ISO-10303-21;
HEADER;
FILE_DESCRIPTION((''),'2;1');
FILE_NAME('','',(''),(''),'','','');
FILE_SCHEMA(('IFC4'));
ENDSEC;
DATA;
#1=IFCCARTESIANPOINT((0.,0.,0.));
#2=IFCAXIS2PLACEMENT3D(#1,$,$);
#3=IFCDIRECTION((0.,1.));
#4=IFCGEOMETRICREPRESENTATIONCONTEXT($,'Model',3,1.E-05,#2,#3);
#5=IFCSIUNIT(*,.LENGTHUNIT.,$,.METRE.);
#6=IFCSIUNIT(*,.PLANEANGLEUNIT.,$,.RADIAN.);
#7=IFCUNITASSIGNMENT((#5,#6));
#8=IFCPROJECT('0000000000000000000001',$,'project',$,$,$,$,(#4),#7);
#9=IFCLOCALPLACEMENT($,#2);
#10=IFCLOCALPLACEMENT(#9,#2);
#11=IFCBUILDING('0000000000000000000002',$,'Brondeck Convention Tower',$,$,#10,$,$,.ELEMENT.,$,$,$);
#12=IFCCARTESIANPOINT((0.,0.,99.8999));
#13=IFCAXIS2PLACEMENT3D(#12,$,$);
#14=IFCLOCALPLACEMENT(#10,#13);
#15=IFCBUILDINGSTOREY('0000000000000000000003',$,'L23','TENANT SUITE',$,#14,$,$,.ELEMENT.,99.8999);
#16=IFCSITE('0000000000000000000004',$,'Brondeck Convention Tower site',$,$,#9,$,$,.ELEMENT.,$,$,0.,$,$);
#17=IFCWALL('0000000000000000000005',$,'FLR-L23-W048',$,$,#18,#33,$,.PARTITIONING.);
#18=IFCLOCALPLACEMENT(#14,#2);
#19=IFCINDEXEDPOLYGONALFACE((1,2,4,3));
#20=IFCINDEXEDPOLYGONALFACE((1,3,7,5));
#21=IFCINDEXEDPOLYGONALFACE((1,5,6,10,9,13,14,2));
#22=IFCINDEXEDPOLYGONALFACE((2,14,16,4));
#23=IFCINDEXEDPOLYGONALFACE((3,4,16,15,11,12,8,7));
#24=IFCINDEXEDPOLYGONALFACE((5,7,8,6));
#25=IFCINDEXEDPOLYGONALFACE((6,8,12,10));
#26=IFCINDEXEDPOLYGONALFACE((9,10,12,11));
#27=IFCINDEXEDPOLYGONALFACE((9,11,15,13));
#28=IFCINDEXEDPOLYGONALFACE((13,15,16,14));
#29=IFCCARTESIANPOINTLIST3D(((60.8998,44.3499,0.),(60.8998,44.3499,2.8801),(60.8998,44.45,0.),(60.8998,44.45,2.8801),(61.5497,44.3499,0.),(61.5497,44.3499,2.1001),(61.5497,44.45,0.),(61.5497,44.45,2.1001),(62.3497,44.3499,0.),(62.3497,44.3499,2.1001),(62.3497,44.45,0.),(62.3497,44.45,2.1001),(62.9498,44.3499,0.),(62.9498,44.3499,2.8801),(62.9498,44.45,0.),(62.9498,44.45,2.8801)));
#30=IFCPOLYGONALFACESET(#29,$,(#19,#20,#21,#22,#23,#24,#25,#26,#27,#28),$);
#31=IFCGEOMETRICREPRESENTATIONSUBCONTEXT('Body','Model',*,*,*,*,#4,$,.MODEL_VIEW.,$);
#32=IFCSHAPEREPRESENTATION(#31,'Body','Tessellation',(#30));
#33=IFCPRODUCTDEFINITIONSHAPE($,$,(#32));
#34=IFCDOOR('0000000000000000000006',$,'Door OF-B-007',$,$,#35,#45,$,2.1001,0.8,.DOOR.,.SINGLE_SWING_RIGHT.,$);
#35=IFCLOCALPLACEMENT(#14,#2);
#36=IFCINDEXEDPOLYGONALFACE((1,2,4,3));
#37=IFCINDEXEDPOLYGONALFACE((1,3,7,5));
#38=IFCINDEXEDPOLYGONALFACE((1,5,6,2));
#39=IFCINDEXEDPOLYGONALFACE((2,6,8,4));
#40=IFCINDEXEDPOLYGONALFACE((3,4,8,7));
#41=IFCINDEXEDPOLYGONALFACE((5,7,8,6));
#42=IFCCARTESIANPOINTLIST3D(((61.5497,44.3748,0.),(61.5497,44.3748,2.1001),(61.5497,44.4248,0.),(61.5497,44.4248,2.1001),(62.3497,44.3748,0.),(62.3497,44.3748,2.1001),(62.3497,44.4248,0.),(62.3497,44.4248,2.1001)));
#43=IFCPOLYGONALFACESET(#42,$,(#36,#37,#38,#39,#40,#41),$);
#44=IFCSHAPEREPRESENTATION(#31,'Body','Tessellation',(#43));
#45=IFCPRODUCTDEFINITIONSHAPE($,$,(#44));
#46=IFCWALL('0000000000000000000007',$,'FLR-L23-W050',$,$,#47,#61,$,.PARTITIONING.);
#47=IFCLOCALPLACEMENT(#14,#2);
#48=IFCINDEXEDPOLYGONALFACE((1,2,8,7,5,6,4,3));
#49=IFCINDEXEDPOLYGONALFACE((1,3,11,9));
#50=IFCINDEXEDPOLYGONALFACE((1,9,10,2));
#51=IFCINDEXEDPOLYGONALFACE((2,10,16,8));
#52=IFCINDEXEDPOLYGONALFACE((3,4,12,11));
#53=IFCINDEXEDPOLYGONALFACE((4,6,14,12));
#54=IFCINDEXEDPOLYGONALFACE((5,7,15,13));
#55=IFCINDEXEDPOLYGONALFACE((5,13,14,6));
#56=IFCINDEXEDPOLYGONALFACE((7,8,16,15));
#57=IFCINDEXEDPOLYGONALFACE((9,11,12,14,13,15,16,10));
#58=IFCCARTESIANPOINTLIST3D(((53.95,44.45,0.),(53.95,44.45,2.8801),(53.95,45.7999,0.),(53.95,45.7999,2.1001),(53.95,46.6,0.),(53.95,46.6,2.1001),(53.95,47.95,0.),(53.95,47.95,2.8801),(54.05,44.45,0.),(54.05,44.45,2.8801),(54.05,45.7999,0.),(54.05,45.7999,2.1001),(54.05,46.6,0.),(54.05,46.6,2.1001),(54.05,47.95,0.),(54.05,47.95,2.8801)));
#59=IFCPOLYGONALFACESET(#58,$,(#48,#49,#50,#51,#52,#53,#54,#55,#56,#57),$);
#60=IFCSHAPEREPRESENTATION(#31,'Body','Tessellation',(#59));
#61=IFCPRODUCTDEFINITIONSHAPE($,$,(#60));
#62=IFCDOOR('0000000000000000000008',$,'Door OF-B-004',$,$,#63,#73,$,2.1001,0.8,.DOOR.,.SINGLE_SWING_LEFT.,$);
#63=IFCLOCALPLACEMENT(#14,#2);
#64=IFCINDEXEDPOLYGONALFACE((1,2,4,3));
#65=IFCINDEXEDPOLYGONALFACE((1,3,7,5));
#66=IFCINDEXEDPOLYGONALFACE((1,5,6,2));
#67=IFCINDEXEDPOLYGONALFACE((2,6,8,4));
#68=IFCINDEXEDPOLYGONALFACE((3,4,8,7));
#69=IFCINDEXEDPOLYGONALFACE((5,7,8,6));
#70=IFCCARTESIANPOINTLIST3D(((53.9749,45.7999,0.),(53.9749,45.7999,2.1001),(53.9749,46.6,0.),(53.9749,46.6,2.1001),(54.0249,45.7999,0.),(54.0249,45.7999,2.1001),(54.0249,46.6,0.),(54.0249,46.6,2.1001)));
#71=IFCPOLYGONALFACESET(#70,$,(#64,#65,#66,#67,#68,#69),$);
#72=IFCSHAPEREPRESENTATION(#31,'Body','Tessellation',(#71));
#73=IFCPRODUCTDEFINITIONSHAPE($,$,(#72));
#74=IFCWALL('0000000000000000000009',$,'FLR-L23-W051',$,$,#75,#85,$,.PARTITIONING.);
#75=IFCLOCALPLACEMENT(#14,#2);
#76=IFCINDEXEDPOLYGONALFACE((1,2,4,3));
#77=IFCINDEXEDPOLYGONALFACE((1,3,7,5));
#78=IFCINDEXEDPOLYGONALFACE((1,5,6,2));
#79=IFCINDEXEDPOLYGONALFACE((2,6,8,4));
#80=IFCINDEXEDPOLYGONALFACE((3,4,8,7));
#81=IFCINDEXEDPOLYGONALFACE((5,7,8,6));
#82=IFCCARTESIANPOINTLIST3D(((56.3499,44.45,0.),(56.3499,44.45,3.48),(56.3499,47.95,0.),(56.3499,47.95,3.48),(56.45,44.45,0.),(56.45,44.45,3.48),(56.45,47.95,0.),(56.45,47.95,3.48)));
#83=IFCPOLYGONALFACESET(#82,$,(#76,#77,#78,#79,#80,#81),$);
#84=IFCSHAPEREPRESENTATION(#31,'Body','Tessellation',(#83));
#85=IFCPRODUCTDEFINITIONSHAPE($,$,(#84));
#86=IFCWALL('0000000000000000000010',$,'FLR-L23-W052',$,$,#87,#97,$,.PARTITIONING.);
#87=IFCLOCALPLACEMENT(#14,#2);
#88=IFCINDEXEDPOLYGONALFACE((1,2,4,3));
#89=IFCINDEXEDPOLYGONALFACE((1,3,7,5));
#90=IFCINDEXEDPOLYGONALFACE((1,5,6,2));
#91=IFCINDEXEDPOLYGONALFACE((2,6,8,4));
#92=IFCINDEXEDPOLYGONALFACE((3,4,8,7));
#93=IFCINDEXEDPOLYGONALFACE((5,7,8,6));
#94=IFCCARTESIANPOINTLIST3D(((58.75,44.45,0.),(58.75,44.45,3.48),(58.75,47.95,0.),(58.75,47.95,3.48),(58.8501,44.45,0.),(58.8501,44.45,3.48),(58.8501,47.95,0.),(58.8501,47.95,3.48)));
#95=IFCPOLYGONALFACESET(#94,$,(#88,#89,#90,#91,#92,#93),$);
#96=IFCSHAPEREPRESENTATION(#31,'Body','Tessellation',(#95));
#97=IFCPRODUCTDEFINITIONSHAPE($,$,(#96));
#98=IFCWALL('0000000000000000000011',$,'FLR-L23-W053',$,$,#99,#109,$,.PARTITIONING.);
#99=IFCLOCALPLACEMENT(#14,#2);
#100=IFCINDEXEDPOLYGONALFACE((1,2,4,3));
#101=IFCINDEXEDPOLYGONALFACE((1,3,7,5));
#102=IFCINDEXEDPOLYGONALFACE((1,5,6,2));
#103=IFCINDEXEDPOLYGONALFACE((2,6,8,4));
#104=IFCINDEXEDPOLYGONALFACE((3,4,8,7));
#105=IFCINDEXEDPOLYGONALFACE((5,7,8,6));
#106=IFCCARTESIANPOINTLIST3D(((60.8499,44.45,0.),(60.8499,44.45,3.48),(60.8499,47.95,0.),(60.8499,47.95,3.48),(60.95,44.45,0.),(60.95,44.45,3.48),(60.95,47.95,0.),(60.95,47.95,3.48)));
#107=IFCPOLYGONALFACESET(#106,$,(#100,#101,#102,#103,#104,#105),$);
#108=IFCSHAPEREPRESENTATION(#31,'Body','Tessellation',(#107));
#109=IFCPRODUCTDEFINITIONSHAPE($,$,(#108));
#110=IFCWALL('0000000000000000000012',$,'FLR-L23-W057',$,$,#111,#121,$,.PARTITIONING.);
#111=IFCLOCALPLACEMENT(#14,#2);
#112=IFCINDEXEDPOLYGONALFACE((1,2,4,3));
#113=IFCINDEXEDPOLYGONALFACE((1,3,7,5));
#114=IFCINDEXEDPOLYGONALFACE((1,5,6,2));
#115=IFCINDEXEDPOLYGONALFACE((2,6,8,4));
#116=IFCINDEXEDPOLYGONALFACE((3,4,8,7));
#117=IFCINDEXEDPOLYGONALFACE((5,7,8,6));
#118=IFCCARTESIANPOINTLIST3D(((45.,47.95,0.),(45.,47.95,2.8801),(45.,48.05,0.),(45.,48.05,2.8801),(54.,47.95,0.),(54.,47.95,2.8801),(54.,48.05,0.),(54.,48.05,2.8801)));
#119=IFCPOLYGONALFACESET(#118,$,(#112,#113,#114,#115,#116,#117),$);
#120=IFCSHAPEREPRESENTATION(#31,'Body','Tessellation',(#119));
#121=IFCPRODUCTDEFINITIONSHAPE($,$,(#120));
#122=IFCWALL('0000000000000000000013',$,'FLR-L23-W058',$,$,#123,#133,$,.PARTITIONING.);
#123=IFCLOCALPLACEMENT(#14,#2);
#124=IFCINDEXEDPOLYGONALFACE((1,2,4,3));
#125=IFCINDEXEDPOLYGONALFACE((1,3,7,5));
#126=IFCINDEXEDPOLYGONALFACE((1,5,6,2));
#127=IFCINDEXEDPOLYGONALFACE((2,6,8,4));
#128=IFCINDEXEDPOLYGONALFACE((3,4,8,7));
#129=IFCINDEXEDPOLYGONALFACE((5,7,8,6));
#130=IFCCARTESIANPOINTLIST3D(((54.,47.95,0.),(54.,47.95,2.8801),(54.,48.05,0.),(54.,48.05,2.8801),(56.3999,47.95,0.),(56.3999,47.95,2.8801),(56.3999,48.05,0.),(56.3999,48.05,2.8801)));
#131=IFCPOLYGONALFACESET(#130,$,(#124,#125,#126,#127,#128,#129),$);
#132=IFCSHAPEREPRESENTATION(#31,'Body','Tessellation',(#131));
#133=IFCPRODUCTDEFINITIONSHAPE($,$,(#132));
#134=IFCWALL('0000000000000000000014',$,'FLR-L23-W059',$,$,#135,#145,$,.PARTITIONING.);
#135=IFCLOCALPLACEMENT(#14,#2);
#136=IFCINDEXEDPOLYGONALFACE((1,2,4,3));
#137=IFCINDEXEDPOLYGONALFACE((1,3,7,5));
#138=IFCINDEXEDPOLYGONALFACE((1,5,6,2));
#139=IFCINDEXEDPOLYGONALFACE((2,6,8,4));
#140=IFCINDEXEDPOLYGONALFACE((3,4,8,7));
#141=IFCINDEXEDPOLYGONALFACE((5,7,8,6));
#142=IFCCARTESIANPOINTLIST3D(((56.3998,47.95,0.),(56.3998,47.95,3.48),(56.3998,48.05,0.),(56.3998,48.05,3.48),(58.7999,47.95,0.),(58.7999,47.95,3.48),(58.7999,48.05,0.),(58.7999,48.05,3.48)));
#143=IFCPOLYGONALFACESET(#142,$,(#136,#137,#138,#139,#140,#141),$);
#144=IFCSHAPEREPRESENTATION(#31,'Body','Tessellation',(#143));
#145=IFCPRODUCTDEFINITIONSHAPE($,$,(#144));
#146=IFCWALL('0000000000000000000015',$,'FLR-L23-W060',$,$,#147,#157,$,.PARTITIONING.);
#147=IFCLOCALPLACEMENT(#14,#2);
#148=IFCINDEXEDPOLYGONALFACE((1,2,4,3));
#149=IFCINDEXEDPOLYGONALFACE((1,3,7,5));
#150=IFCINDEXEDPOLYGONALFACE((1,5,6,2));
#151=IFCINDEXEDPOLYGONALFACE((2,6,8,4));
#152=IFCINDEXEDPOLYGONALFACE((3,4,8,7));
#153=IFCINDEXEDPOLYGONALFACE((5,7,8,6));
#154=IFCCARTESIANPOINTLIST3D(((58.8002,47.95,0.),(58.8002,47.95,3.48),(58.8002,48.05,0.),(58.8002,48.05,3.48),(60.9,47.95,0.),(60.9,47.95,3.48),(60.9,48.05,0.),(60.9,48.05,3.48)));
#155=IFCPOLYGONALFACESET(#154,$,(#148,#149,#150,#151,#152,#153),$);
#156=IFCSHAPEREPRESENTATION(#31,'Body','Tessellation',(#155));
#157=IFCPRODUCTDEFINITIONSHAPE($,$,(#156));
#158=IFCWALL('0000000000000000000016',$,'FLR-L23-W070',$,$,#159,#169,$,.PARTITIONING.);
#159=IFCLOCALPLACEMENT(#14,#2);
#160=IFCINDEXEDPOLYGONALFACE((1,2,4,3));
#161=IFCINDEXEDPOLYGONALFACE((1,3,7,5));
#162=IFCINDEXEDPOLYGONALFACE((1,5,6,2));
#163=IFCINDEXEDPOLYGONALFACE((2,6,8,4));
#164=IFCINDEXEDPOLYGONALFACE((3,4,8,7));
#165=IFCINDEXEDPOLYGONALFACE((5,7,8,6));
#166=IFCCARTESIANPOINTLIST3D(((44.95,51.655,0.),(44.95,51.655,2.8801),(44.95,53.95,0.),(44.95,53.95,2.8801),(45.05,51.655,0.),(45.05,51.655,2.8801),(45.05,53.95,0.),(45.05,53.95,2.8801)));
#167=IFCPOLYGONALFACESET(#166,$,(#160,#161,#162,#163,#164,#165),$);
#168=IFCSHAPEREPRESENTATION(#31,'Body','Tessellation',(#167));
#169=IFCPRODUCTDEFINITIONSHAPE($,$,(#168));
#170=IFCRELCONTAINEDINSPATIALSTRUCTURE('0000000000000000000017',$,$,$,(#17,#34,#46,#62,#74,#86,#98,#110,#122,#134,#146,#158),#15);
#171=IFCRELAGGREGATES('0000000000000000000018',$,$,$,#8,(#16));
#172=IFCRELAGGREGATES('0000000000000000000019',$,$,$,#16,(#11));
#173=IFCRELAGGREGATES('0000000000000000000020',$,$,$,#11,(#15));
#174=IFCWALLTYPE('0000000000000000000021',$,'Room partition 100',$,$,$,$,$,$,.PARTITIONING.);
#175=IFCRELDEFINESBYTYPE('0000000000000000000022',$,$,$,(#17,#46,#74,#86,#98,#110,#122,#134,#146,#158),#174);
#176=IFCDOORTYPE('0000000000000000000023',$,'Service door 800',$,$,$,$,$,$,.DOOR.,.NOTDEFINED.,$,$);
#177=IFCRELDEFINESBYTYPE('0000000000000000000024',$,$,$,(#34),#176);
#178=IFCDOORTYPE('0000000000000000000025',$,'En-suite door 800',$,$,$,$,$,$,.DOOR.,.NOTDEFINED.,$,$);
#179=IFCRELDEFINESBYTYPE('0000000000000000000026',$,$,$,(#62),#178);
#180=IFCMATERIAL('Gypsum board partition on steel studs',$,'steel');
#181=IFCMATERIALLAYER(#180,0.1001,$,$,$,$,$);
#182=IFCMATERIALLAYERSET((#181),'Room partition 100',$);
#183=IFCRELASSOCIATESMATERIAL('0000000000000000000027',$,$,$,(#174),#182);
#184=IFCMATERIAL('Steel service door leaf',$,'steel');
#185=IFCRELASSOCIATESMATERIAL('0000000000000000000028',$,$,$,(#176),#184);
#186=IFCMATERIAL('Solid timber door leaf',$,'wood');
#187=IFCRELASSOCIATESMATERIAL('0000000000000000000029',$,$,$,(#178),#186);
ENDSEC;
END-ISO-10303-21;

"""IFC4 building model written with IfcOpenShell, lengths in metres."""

from ifc_helpers import new_model, si_unit, direction, frame, frame_2d, origin, place, context, subcontext, project, spatial, rectangle, extrude, material, layer, layer_set, type_object, element, fill, save


model = new_model("IFC4")

# Units and contexts
model_context = context("Model", 3, precision=1e-05, world=origin(), true_north=direction((0.0, 1.0)))
body_context = subcontext(model_context, "Body", "Model", "MODEL_VIEW")
ifc_project = project(units=[si_unit("LENGTHUNIT", "METRE"), si_unit("PLANEANGLEUNIT", "RADIAN")], contexts=[model_context])

# Site, building, storey
site_placement = place(None, origin())
site = spatial("IfcSite", under=ifc_project, at=site_placement, Name="Brondeck Convention Tower site", CompositionType="ELEMENT", RefElevation=0.0)
building_placement = place(site_placement, origin())
building = spatial("IfcBuilding", under=site, at=building_placement, Name="Brondeck Convention Tower", CompositionType="ELEMENT")
storey_placement = place(building_placement, frame((0.0, 0.0, 99.8999)))
storey = spatial("IfcBuildingStorey", under=building, at=storey_placement, Name="L23", Description="TENANT SUITE", CompositionType="ELEMENT", Elevation=99.8999)

# Walls, openings, doors
ifc_material_1 = material(Name="Gypsum board partition on steel studs", Category="steel")
ifc_layer_1 = layer(ifc_material_1, 0.1001)
ifc_layer_set_1 = layer_set([ifc_layer_1], Name="Room partition 100")
wall_type_1 = type_object("IfcWallType", Name="Room partition 100", PredefinedType="PARTITIONING", material=ifc_layer_set_1)
wall_1_placement = place(storey_placement, frame((60.8999, 44.3999, 0.0), z_axis=(0.0, 0.0, 1.0), x_axis=(1.0, 0.0, 0.0)))
wall_1 = element("IfcWall", 1, at=wall_1_placement, inside=storey, type_object=wall_type_1, Name="FLR-L23-W048", PredefinedType="PARTITIONING", context=body_context, shape_type="SweptSolid", body=[
    extrude(rectangle(XDim=2.05, YDim=0.1001, at=frame_2d((1.0249, 0.0))), origin(), (0.0, 0.0, 1.0), 2.8801),
])
opening_1_placement = place(wall_1_placement, frame((0.6499, 0.0, 0.0)))
opening_1 = element("IfcOpeningElement", 2, at=opening_1_placement, cuts=wall_1, PredefinedType="OPENING", context=body_context, shape_type="SweptSolid", body=[
    extrude(rectangle(XDim=0.8, YDim=2.1001, at=frame_2d((0.3999, 1.05))), frame((0.0, 0.0601, 0.0), z_axis=(0.0, -1.0, 0.0), x_axis=(1.0, 0.0, 0.0)), (0.0, 0.0, 1.0), 0.1201),
])
ifc_material_2 = material(Name="Steel service door leaf", Category="steel")
door_type_1 = type_object("IfcDoorType", Name="Service door 800", OperationType="NOTDEFINED", PredefinedType="DOOR", material=ifc_material_2)
door_1_placement = place(opening_1_placement, origin())
door_1 = element("IfcDoor", 3, at=door_1_placement, inside=storey, type_object=door_type_1, Name="Door OF-B-007", OperationType="SINGLE_SWING_RIGHT", OverallHeight=2.1001, OverallWidth=0.8, PredefinedType="DOOR", context=body_context, shape_type="SweptSolid", body=[
    extrude(rectangle(XDim=0.8, YDim=2.1001, at=frame_2d((0.3999, 1.05))), frame((0.0, 0.0249, 0.0), z_axis=(0.0, -1.0, 0.0), x_axis=(1.0, 0.0, 0.0)), (0.0, 0.0, 1.0), 0.05),
])
fill(opening_1, door_1)
wall_2_placement = place(storey_placement, frame((54.0, 47.95, 0.0), z_axis=(0.0, 0.0, 1.0), x_axis=(0.0, -1.0, 0.0)))
wall_2 = element("IfcWall", 4, at=wall_2_placement, inside=storey, type_object=wall_type_1, Name="FLR-L23-W050", PredefinedType="PARTITIONING", context=body_context, shape_type="SweptSolid", body=[
    extrude(rectangle(XDim=3.5, YDim=0.1001, at=frame_2d((1.75, 0.0))), origin(), (0.0, 0.0, 1.0), 2.8801),
])
opening_2_placement = place(wall_2_placement, frame((1.3501, 0.0, 0.0)))
opening_2 = element("IfcOpeningElement", 5, at=opening_2_placement, cuts=wall_2, PredefinedType="OPENING", context=body_context, shape_type="SweptSolid", body=[
    extrude(rectangle(XDim=0.8, YDim=2.1001, at=frame_2d((0.3999, 1.05))), frame((0.0, 0.0601, 0.0), z_axis=(0.0, -1.0, 0.0), x_axis=(1.0, 0.0, 0.0)), (0.0, 0.0, 1.0), 0.1201),
])
ifc_material_3 = material(Name="Solid timber door leaf", Category="wood")
door_type_2 = type_object("IfcDoorType", Name="En-suite door 800", OperationType="NOTDEFINED", PredefinedType="DOOR", material=ifc_material_3)
door_2_placement = place(opening_2_placement, origin())
door_2 = element("IfcDoor", 6, at=door_2_placement, inside=storey, type_object=door_type_2, Name="Door OF-B-004", OperationType="SINGLE_SWING_LEFT", OverallHeight=2.1001, OverallWidth=0.8, PredefinedType="DOOR", context=body_context, shape_type="SweptSolid", body=[
    extrude(rectangle(XDim=0.8, YDim=2.1001, at=frame_2d((0.3999, 1.05))), frame((0.0, 0.0249, 0.0), z_axis=(0.0, -1.0, 0.0), x_axis=(1.0, 0.0, 0.0)), (0.0, 0.0, 1.0), 0.05),
])
fill(opening_2, door_2)

# Walls
for number, where, z_axis, x_axis, name in (
    (7, (56.3999, 47.95, 0.0), (0.0, 0.0, 1.0), (0.0, -1.0, 0.0), "FLR-L23-W051"),
    (8, (58.8, 47.95, 0.0), (0.0, 0.0, 1.0), (0.0, -1.0, 0.0), "FLR-L23-W052"),
    (9, (60.8999, 47.95, 0.0), (0.0, 0.0, 1.0), (0.0, -1.0, 0.0), "FLR-L23-W053"),
):
    element("IfcWall", number, at=place(storey_placement, frame(where, z_axis=z_axis, x_axis=x_axis)), inside=storey, type_object=wall_type_1, Name=name, PredefinedType="PARTITIONING", context=body_context, shape_type="SweptSolid", body=[
        extrude(rectangle(XDim=3.5, YDim=0.1001, at=frame_2d((1.75, 0.0))), origin(), (0.0, 0.0, 1.0), 3.48),
    ])
wall_3_placement = place(storey_placement, frame((54.0, 48.0, 0.0), z_axis=(0.0, 0.0, 1.0), x_axis=(-1.0, 0.0, 0.0)))
element("IfcWall", 10, at=wall_3_placement, inside=storey, type_object=wall_type_1, Name="FLR-L23-W057", PredefinedType="PARTITIONING", context=body_context, shape_type="SweptSolid", body=[
    extrude(rectangle(XDim=9.0, YDim=0.1001, at=frame_2d((4.5, 0.0))), origin(), (0.0, 0.0, 1.0), 2.8801),
])
wall_4_placement = place(storey_placement, frame((56.3999, 48.0, 0.0), z_axis=(0.0, 0.0, 1.0), x_axis=(-1.0, 0.0, 0.0)))
element("IfcWall", 11, at=wall_4_placement, inside=storey, type_object=wall_type_1, Name="FLR-L23-W058", PredefinedType="PARTITIONING", context=body_context, shape_type="SweptSolid", body=[
    extrude(rectangle(XDim=2.3999, YDim=0.1001, at=frame_2d((1.2, 0.0))), origin(), (0.0, 0.0, 1.0), 2.8801),
])
wall_5_placement = place(storey_placement, frame((58.8, 48.0, 0.0), z_axis=(0.0, 0.0, 1.0), x_axis=(-1.0, 0.0, 0.0)))
element("IfcWall", 12, at=wall_5_placement, inside=storey, type_object=wall_type_1, Name="FLR-L23-W059", PredefinedType="PARTITIONING", context=body_context, shape_type="SweptSolid", body=[
    extrude(rectangle(XDim=2.4001, YDim=0.1001, at=frame_2d((1.2002, 0.0))), origin(), (0.0, 0.0, 1.0), 3.48),
])
wall_6_placement = place(storey_placement, frame((60.8999, 48.0, 0.0), z_axis=(0.0, 0.0, 1.0), x_axis=(-1.0, 0.0, 0.0)))
element("IfcWall", 13, at=wall_6_placement, inside=storey, type_object=wall_type_1, Name="FLR-L23-W060", PredefinedType="PARTITIONING", context=body_context, shape_type="SweptSolid", body=[
    extrude(rectangle(XDim=2.0999, YDim=0.1001, at=frame_2d((1.0498, 0.0))), origin(), (0.0, 0.0, 1.0), 3.48),
])
wall_7_placement = place(storey_placement, frame((45.0, 53.95, 0.0), z_axis=(0.0, 0.0, 1.0), x_axis=(0.0, -1.0, 0.0)))
element("IfcWall", 14, at=wall_7_placement, inside=storey, type_object=wall_type_1, Name="FLR-L23-W070", PredefinedType="PARTITIONING", context=body_context, shape_type="SweptSolid", body=[
    extrude(rectangle(XDim=2.2949, YDim=0.1001, at=frame_2d((1.1475, 0.0))), origin(), (0.0, 0.0, 1.0), 2.8801),
])

save(model, "model.ifc")
